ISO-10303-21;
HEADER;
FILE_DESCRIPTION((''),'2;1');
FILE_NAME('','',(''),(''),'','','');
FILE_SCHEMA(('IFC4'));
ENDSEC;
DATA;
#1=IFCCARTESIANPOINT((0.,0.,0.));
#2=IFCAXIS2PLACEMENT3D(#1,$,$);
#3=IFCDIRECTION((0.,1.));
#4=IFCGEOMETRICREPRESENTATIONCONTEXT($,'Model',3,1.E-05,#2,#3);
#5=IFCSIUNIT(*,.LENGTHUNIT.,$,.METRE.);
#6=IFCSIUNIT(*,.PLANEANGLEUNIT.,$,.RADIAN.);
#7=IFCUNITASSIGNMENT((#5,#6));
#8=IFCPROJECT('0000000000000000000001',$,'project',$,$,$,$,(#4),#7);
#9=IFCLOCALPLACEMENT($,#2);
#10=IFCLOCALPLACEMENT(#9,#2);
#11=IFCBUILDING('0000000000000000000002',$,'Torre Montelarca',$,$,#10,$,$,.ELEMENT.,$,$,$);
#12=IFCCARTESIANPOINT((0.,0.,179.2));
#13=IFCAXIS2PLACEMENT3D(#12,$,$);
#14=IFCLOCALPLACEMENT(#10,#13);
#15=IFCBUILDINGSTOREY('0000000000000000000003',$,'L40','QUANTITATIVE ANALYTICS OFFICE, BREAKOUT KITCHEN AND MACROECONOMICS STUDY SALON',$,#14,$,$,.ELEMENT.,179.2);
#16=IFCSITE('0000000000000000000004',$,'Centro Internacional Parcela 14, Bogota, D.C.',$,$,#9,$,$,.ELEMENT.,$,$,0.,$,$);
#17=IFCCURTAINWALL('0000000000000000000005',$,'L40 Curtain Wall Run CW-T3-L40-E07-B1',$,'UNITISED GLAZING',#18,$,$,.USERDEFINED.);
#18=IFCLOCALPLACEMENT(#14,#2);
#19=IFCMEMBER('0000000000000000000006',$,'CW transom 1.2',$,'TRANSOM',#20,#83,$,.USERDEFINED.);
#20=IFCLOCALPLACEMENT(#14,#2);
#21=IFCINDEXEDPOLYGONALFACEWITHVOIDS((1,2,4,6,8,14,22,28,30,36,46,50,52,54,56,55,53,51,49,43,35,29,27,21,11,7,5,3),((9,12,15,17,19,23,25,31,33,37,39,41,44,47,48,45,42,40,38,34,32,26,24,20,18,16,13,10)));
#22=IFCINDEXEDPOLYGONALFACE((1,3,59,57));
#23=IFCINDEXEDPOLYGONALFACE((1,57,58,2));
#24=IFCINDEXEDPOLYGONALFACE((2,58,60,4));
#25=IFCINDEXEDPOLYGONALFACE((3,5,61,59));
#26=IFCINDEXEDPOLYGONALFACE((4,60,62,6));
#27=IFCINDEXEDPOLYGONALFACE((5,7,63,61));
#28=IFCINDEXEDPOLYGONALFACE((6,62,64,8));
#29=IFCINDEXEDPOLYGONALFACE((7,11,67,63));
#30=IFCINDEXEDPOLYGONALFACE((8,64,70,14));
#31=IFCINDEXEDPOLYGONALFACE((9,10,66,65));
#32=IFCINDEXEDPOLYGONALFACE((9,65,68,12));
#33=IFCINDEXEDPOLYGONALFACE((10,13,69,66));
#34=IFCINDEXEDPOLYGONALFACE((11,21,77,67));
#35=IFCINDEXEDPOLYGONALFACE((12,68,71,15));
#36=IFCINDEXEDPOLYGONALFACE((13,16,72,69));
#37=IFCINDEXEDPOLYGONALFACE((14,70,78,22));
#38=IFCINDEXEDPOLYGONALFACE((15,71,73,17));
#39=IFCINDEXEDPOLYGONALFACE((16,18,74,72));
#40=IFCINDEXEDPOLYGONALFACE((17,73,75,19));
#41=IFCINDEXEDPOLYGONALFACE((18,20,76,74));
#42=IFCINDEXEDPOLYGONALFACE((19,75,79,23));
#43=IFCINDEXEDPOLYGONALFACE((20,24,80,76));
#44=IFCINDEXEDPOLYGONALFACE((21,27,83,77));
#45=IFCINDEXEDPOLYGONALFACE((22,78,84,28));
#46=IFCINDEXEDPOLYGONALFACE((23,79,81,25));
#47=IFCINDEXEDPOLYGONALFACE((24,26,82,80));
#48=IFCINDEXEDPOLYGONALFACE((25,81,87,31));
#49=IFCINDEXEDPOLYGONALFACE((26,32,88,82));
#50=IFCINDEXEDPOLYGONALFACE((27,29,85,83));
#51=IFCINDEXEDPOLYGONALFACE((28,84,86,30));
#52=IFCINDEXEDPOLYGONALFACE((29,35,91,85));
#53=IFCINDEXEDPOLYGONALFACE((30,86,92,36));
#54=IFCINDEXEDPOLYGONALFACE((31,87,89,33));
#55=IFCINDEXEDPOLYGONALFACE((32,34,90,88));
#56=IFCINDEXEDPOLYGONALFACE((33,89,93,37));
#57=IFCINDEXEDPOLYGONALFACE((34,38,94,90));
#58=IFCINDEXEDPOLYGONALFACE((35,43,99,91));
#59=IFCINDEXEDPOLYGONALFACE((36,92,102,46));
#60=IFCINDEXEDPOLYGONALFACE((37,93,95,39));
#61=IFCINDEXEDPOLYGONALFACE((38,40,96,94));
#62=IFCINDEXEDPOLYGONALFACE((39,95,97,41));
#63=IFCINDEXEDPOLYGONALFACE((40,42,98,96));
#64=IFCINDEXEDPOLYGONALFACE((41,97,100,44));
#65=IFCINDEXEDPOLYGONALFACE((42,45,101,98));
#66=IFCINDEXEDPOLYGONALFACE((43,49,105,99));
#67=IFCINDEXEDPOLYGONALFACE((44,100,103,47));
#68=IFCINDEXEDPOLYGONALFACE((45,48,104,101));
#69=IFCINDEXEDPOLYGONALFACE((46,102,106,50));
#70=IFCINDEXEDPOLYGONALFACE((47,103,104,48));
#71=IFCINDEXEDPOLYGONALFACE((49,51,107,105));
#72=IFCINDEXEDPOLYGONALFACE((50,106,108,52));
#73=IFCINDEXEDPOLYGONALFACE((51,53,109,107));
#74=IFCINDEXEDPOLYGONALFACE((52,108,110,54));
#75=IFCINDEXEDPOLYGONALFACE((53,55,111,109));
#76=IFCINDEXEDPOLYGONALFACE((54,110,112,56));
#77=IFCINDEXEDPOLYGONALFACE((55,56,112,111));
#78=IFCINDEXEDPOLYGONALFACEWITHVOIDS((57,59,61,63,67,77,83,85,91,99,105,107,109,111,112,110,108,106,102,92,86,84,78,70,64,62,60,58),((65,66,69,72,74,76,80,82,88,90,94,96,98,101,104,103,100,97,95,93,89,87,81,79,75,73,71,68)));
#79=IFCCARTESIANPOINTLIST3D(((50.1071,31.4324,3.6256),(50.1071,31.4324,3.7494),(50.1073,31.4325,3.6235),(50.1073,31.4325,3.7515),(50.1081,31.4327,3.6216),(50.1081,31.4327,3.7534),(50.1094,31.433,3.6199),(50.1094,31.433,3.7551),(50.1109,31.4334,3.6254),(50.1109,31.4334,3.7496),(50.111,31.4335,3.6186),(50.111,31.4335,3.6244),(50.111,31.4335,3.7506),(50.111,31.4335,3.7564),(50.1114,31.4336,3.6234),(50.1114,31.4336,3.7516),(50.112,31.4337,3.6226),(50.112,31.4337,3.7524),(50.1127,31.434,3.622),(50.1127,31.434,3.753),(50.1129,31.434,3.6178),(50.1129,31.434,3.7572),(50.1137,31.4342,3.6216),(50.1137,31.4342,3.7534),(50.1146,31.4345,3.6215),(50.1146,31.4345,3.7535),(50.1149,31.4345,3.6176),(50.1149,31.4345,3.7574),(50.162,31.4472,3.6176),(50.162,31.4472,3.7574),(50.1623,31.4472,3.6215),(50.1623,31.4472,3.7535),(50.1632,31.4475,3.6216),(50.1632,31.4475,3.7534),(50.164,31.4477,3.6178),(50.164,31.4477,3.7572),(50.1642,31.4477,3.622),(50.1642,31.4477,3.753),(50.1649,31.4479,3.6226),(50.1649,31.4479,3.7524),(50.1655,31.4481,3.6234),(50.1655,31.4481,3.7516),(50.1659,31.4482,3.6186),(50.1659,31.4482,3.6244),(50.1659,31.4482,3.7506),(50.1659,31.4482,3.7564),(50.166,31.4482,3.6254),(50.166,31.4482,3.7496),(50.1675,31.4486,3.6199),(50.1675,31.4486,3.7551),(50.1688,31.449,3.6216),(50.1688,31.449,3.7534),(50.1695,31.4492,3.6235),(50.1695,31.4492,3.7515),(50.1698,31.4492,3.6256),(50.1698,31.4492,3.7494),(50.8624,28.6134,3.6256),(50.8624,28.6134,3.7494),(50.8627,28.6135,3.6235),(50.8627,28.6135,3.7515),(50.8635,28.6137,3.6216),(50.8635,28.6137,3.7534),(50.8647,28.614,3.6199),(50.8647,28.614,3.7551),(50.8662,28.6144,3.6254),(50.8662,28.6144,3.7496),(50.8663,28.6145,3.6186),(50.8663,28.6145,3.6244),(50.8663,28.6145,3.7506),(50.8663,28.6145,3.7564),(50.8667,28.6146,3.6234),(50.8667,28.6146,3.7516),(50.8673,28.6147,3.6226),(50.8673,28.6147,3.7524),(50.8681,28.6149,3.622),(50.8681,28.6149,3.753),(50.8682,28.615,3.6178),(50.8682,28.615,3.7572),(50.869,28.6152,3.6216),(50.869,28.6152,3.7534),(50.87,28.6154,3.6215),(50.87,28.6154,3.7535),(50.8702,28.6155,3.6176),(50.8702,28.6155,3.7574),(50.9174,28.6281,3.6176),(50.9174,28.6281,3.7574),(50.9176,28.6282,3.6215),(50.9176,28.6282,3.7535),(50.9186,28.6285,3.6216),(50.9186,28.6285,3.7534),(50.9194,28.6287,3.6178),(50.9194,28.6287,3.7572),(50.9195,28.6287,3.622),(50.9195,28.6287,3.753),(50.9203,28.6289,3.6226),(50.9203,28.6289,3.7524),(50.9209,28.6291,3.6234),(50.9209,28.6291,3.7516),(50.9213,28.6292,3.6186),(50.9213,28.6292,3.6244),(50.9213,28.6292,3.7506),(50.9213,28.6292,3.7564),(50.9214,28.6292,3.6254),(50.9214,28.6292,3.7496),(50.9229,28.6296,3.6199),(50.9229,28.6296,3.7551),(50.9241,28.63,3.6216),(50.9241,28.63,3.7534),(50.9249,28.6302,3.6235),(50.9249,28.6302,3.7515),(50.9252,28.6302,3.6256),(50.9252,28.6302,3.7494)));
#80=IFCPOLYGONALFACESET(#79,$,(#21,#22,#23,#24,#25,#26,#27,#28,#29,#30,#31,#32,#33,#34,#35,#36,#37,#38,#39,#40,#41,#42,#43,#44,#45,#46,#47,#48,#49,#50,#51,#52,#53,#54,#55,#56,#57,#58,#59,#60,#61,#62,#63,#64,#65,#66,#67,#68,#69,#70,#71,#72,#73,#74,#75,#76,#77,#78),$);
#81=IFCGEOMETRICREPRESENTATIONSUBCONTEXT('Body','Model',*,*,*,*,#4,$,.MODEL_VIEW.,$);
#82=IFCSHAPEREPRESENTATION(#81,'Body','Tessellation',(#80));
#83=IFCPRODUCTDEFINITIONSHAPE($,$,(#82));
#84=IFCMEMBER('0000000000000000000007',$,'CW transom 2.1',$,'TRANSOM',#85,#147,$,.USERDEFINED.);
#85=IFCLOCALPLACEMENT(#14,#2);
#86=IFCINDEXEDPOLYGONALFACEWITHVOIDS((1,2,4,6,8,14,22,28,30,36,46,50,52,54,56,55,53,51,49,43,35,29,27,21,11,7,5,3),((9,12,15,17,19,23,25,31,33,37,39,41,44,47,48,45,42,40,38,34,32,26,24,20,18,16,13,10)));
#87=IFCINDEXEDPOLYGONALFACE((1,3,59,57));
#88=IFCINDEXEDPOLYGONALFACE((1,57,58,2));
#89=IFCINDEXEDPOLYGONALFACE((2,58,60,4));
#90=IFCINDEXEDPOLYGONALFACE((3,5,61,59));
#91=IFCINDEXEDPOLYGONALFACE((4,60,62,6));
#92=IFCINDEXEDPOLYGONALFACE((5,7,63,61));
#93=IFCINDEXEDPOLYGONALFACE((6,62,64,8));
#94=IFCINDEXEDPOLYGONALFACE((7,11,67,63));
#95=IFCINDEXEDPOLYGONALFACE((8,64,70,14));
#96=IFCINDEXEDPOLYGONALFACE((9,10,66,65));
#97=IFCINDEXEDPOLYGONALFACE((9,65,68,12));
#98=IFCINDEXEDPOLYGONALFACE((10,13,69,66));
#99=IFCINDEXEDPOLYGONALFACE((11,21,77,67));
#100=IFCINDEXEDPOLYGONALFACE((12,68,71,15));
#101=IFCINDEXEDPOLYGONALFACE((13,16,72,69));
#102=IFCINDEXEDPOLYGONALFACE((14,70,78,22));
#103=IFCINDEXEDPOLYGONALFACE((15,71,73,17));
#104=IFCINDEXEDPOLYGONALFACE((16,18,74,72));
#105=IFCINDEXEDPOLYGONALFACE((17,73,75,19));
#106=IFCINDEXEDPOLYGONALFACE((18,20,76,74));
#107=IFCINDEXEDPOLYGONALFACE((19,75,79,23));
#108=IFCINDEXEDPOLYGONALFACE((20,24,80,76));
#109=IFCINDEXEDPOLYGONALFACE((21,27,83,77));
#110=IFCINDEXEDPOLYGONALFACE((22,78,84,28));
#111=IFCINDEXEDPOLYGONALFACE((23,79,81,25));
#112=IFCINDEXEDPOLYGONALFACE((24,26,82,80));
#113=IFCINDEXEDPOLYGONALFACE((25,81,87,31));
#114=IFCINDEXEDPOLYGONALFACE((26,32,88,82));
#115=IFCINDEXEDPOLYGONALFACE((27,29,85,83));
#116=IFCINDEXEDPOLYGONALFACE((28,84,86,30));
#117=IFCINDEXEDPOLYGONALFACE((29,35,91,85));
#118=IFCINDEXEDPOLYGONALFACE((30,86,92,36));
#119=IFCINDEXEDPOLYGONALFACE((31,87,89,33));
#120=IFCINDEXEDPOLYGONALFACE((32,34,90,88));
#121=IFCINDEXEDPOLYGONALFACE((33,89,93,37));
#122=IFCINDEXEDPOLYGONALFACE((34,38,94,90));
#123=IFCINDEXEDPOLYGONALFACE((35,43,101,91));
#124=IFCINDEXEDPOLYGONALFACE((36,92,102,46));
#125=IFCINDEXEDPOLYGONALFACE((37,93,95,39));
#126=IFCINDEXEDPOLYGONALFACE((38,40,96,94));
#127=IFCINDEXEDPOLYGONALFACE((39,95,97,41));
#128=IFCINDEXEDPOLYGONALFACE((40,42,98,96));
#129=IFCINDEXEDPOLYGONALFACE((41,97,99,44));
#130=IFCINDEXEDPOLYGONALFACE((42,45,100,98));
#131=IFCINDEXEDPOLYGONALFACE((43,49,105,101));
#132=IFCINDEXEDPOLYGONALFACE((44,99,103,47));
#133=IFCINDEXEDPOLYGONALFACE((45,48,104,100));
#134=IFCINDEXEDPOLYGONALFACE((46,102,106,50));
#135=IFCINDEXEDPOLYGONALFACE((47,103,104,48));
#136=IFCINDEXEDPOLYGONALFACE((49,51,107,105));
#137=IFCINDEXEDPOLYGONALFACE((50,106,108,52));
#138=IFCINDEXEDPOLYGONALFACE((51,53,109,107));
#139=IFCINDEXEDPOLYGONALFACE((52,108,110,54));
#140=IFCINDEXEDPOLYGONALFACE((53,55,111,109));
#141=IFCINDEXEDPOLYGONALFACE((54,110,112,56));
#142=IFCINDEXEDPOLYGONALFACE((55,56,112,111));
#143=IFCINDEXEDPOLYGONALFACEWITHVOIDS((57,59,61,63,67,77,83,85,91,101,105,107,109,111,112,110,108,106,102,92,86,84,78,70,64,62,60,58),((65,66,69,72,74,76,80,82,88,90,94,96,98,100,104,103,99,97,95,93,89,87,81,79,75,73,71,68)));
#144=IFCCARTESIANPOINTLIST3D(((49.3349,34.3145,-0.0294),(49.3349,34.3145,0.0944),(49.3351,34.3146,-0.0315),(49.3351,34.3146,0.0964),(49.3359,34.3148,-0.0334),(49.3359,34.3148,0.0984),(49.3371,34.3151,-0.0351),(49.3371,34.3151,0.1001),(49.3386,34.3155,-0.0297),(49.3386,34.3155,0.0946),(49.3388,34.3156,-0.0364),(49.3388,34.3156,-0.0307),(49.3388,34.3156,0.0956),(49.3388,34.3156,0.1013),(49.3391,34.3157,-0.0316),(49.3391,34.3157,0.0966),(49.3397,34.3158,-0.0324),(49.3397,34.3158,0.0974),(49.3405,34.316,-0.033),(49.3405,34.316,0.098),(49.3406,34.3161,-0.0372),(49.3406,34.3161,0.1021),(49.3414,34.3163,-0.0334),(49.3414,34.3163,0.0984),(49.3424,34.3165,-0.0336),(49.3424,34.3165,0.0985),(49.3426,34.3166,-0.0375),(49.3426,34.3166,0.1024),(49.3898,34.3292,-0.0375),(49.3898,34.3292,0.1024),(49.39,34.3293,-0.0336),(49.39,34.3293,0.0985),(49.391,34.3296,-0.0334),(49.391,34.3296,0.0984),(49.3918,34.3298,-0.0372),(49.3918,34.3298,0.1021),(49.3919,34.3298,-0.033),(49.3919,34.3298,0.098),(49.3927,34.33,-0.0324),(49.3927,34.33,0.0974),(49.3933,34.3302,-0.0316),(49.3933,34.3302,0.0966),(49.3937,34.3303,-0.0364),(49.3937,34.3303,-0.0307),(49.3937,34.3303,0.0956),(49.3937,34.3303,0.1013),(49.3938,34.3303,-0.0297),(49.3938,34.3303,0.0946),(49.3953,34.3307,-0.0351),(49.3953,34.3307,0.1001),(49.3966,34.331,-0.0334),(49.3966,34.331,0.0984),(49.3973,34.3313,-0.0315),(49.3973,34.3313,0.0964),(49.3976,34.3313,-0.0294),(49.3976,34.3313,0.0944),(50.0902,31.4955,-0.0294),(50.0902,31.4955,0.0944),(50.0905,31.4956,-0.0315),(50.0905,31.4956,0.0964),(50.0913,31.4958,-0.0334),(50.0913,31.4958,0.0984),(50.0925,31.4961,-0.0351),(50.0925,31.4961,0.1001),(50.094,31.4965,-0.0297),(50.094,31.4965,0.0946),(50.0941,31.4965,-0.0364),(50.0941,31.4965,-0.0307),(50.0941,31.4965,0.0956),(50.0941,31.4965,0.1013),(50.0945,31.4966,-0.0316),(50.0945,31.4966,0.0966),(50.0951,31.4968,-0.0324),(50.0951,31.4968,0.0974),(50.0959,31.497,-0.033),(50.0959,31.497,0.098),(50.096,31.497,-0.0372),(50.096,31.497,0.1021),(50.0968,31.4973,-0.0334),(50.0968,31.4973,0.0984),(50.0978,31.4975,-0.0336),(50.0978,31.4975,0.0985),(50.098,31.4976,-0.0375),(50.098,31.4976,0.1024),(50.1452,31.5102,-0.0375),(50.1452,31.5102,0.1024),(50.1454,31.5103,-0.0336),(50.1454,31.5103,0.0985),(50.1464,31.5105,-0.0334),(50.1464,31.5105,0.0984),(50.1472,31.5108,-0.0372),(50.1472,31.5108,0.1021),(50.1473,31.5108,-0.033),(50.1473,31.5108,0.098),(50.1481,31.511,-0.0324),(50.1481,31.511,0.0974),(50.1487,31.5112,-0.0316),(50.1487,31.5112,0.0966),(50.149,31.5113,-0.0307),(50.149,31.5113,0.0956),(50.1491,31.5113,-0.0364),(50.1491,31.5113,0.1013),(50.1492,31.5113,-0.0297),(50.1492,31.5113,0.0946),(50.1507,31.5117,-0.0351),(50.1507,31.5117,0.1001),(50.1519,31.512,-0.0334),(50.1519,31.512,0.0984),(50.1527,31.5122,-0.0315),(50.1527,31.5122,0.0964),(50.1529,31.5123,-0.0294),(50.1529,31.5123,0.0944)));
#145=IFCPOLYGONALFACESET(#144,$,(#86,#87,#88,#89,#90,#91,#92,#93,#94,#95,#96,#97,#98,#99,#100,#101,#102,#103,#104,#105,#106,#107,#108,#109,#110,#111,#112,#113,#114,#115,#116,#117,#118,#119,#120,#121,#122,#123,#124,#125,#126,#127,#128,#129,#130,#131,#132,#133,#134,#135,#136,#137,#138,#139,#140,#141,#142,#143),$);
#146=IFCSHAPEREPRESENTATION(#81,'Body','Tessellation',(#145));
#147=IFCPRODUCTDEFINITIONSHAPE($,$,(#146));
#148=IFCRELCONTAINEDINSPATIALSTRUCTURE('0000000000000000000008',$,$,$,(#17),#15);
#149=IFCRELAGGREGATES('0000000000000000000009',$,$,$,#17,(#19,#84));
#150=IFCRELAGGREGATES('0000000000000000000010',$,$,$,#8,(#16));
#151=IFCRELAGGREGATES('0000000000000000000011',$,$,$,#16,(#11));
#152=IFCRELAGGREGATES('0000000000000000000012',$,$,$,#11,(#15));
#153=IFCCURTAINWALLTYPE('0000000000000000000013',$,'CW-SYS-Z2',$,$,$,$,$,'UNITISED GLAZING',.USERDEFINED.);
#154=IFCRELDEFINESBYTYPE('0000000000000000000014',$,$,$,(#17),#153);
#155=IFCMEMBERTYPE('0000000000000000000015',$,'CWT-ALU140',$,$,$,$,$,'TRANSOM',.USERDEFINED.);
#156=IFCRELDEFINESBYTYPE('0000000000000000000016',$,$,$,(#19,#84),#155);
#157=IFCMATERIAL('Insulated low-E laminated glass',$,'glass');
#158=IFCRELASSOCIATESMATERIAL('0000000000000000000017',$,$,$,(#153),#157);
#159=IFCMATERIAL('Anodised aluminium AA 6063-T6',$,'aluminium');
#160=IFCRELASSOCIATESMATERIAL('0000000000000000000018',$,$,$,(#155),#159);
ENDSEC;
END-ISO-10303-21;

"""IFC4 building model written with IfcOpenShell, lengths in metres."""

from ifc_helpers import new_model, si_unit, direction, frame, origin, origin_2d, place, context, subcontext, project, spatial, hollow_rectangle, extrude, source, transform, mapped, material, material_profile, profile_set, type_object, element, aggregate, save


model = new_model("IFC4")

# Units and contexts
model_context = context("Model", 3, precision=1e-05, world=origin(), true_north=direction((0.0, 1.0)))
body_context = subcontext(model_context, "Body", "Model", "MODEL_VIEW")
ifc_project = project(units=[si_unit("LENGTHUNIT", "METRE"), si_unit("PLANEANGLEUNIT", "RADIAN")], contexts=[model_context])

# Site, building, storey
site_placement = place(None, origin())
site = spatial("IfcSite", under=ifc_project, at=site_placement, Name="Centro Internacional Parcela 14, Bogota, D.C.", CompositionType="ELEMENT", RefElevation=0.0)
building_placement = place(site_placement, origin())
building = spatial("IfcBuilding", under=site, at=building_placement, Name="Torre Montelarca", CompositionType="ELEMENT")
storey_placement = place(building_placement, frame((0.0, 0.0, 179.2)))
storey = spatial("IfcBuildingStorey", under=building, at=storey_placement, Name="L40", Description="QUANTITATIVE ANALYTICS OFFICE, BREAKOUT KITCHEN AND MACROECONOMICS STUDY SALON", CompositionType="ELEMENT", Elevation=179.2)

# Curtain wall, members
ifc_material_1 = material(Name="Insulated low-E laminated glass", Category="glass")
curtain_wall_type = type_object("IfcCurtainWallType", Name="CW-SYS-Z2", ElementType="UNITISED GLAZING", PredefinedType="USERDEFINED", material=ifc_material_1)
curtain_wall_1_placement = place(storey_placement, origin())
curtain_wall_1 = element("IfcCurtainWall", 1, at=curtain_wall_1_placement, inside=storey, type_object=curtain_wall_type, Name="L40 Curtain Wall Run CW-T3-L40-E07-B1", ObjectType="UNITISED GLAZING", PredefinedType="USERDEFINED")
ifc_material_2 = material(Name="Anodised aluminium AA 6063-T6", Category="aluminium")
ifc_material_profile_1 = material_profile(ifc_material_2, hollow_rectangle(XDim=0.0649, YDim=0.1399, WallThickness=0.0039, InnerFilletRadius=0.0039, OuterFilletRadius=0.0081, at=origin_2d()), Name="ALU65X140X4", Category="aluminium")
ifc_profile_set_1 = profile_set([ifc_material_profile_1], Name="Anodised aluminium AA 6063-T6")
member_type_1 = type_object("IfcMemberType", Name="CWT-ALU140", ElementType="TRANSOM", PredefinedType="USERDEFINED", material=ifc_profile_set_1)
shared_shape_1 = source(origin(), body_context, "Body", "SweptSolid", [
    extrude(hollow_rectangle(XDim=0.0649, YDim=0.1399, WallThickness=0.0039, InnerFilletRadius=0.0039, OuterFilletRadius=0.0081, at=origin_2d()), origin(), (0.0, 0.0, 1.0), 2.9185),
])
member_1_placement = place(storey_placement, frame((50.8938, 28.6218, 3.6875), z_axis=(-0.258818, 0.965926, 0.0), x_axis=(-0.965926, -0.258818, 0.0)))
member_1 = element("IfcMember", 2, at=member_1_placement, type_object=member_type_1, Name="CW transom 1.2", ObjectType="TRANSOM", PredefinedType="USERDEFINED", context=body_context, shape_type="MappedRepresentation", body=[
    mapped(shared_shape_1, transform((0.0, 0.0, 0.0), scale=1.0)),
])
member_2_placement = place(storey_placement, frame((50.1216, 31.5039, 0.0325), z_axis=(-0.258818, 0.965926, 0.0), x_axis=(-0.965926, -0.258818, 0.0)))
member_2 = element("IfcMember", 3, at=member_2_placement, type_object=member_type_1, Name="CW transom 2.1", ObjectType="TRANSOM", PredefinedType="USERDEFINED", context=body_context, shape_type="MappedRepresentation", body=[
    mapped(shared_shape_1, transform((0.0, 0.0, 0.0), scale=1.0)),
])

aggregate(curtain_wall_1, [member_1, member_2])

save(model, "model.ifc")
